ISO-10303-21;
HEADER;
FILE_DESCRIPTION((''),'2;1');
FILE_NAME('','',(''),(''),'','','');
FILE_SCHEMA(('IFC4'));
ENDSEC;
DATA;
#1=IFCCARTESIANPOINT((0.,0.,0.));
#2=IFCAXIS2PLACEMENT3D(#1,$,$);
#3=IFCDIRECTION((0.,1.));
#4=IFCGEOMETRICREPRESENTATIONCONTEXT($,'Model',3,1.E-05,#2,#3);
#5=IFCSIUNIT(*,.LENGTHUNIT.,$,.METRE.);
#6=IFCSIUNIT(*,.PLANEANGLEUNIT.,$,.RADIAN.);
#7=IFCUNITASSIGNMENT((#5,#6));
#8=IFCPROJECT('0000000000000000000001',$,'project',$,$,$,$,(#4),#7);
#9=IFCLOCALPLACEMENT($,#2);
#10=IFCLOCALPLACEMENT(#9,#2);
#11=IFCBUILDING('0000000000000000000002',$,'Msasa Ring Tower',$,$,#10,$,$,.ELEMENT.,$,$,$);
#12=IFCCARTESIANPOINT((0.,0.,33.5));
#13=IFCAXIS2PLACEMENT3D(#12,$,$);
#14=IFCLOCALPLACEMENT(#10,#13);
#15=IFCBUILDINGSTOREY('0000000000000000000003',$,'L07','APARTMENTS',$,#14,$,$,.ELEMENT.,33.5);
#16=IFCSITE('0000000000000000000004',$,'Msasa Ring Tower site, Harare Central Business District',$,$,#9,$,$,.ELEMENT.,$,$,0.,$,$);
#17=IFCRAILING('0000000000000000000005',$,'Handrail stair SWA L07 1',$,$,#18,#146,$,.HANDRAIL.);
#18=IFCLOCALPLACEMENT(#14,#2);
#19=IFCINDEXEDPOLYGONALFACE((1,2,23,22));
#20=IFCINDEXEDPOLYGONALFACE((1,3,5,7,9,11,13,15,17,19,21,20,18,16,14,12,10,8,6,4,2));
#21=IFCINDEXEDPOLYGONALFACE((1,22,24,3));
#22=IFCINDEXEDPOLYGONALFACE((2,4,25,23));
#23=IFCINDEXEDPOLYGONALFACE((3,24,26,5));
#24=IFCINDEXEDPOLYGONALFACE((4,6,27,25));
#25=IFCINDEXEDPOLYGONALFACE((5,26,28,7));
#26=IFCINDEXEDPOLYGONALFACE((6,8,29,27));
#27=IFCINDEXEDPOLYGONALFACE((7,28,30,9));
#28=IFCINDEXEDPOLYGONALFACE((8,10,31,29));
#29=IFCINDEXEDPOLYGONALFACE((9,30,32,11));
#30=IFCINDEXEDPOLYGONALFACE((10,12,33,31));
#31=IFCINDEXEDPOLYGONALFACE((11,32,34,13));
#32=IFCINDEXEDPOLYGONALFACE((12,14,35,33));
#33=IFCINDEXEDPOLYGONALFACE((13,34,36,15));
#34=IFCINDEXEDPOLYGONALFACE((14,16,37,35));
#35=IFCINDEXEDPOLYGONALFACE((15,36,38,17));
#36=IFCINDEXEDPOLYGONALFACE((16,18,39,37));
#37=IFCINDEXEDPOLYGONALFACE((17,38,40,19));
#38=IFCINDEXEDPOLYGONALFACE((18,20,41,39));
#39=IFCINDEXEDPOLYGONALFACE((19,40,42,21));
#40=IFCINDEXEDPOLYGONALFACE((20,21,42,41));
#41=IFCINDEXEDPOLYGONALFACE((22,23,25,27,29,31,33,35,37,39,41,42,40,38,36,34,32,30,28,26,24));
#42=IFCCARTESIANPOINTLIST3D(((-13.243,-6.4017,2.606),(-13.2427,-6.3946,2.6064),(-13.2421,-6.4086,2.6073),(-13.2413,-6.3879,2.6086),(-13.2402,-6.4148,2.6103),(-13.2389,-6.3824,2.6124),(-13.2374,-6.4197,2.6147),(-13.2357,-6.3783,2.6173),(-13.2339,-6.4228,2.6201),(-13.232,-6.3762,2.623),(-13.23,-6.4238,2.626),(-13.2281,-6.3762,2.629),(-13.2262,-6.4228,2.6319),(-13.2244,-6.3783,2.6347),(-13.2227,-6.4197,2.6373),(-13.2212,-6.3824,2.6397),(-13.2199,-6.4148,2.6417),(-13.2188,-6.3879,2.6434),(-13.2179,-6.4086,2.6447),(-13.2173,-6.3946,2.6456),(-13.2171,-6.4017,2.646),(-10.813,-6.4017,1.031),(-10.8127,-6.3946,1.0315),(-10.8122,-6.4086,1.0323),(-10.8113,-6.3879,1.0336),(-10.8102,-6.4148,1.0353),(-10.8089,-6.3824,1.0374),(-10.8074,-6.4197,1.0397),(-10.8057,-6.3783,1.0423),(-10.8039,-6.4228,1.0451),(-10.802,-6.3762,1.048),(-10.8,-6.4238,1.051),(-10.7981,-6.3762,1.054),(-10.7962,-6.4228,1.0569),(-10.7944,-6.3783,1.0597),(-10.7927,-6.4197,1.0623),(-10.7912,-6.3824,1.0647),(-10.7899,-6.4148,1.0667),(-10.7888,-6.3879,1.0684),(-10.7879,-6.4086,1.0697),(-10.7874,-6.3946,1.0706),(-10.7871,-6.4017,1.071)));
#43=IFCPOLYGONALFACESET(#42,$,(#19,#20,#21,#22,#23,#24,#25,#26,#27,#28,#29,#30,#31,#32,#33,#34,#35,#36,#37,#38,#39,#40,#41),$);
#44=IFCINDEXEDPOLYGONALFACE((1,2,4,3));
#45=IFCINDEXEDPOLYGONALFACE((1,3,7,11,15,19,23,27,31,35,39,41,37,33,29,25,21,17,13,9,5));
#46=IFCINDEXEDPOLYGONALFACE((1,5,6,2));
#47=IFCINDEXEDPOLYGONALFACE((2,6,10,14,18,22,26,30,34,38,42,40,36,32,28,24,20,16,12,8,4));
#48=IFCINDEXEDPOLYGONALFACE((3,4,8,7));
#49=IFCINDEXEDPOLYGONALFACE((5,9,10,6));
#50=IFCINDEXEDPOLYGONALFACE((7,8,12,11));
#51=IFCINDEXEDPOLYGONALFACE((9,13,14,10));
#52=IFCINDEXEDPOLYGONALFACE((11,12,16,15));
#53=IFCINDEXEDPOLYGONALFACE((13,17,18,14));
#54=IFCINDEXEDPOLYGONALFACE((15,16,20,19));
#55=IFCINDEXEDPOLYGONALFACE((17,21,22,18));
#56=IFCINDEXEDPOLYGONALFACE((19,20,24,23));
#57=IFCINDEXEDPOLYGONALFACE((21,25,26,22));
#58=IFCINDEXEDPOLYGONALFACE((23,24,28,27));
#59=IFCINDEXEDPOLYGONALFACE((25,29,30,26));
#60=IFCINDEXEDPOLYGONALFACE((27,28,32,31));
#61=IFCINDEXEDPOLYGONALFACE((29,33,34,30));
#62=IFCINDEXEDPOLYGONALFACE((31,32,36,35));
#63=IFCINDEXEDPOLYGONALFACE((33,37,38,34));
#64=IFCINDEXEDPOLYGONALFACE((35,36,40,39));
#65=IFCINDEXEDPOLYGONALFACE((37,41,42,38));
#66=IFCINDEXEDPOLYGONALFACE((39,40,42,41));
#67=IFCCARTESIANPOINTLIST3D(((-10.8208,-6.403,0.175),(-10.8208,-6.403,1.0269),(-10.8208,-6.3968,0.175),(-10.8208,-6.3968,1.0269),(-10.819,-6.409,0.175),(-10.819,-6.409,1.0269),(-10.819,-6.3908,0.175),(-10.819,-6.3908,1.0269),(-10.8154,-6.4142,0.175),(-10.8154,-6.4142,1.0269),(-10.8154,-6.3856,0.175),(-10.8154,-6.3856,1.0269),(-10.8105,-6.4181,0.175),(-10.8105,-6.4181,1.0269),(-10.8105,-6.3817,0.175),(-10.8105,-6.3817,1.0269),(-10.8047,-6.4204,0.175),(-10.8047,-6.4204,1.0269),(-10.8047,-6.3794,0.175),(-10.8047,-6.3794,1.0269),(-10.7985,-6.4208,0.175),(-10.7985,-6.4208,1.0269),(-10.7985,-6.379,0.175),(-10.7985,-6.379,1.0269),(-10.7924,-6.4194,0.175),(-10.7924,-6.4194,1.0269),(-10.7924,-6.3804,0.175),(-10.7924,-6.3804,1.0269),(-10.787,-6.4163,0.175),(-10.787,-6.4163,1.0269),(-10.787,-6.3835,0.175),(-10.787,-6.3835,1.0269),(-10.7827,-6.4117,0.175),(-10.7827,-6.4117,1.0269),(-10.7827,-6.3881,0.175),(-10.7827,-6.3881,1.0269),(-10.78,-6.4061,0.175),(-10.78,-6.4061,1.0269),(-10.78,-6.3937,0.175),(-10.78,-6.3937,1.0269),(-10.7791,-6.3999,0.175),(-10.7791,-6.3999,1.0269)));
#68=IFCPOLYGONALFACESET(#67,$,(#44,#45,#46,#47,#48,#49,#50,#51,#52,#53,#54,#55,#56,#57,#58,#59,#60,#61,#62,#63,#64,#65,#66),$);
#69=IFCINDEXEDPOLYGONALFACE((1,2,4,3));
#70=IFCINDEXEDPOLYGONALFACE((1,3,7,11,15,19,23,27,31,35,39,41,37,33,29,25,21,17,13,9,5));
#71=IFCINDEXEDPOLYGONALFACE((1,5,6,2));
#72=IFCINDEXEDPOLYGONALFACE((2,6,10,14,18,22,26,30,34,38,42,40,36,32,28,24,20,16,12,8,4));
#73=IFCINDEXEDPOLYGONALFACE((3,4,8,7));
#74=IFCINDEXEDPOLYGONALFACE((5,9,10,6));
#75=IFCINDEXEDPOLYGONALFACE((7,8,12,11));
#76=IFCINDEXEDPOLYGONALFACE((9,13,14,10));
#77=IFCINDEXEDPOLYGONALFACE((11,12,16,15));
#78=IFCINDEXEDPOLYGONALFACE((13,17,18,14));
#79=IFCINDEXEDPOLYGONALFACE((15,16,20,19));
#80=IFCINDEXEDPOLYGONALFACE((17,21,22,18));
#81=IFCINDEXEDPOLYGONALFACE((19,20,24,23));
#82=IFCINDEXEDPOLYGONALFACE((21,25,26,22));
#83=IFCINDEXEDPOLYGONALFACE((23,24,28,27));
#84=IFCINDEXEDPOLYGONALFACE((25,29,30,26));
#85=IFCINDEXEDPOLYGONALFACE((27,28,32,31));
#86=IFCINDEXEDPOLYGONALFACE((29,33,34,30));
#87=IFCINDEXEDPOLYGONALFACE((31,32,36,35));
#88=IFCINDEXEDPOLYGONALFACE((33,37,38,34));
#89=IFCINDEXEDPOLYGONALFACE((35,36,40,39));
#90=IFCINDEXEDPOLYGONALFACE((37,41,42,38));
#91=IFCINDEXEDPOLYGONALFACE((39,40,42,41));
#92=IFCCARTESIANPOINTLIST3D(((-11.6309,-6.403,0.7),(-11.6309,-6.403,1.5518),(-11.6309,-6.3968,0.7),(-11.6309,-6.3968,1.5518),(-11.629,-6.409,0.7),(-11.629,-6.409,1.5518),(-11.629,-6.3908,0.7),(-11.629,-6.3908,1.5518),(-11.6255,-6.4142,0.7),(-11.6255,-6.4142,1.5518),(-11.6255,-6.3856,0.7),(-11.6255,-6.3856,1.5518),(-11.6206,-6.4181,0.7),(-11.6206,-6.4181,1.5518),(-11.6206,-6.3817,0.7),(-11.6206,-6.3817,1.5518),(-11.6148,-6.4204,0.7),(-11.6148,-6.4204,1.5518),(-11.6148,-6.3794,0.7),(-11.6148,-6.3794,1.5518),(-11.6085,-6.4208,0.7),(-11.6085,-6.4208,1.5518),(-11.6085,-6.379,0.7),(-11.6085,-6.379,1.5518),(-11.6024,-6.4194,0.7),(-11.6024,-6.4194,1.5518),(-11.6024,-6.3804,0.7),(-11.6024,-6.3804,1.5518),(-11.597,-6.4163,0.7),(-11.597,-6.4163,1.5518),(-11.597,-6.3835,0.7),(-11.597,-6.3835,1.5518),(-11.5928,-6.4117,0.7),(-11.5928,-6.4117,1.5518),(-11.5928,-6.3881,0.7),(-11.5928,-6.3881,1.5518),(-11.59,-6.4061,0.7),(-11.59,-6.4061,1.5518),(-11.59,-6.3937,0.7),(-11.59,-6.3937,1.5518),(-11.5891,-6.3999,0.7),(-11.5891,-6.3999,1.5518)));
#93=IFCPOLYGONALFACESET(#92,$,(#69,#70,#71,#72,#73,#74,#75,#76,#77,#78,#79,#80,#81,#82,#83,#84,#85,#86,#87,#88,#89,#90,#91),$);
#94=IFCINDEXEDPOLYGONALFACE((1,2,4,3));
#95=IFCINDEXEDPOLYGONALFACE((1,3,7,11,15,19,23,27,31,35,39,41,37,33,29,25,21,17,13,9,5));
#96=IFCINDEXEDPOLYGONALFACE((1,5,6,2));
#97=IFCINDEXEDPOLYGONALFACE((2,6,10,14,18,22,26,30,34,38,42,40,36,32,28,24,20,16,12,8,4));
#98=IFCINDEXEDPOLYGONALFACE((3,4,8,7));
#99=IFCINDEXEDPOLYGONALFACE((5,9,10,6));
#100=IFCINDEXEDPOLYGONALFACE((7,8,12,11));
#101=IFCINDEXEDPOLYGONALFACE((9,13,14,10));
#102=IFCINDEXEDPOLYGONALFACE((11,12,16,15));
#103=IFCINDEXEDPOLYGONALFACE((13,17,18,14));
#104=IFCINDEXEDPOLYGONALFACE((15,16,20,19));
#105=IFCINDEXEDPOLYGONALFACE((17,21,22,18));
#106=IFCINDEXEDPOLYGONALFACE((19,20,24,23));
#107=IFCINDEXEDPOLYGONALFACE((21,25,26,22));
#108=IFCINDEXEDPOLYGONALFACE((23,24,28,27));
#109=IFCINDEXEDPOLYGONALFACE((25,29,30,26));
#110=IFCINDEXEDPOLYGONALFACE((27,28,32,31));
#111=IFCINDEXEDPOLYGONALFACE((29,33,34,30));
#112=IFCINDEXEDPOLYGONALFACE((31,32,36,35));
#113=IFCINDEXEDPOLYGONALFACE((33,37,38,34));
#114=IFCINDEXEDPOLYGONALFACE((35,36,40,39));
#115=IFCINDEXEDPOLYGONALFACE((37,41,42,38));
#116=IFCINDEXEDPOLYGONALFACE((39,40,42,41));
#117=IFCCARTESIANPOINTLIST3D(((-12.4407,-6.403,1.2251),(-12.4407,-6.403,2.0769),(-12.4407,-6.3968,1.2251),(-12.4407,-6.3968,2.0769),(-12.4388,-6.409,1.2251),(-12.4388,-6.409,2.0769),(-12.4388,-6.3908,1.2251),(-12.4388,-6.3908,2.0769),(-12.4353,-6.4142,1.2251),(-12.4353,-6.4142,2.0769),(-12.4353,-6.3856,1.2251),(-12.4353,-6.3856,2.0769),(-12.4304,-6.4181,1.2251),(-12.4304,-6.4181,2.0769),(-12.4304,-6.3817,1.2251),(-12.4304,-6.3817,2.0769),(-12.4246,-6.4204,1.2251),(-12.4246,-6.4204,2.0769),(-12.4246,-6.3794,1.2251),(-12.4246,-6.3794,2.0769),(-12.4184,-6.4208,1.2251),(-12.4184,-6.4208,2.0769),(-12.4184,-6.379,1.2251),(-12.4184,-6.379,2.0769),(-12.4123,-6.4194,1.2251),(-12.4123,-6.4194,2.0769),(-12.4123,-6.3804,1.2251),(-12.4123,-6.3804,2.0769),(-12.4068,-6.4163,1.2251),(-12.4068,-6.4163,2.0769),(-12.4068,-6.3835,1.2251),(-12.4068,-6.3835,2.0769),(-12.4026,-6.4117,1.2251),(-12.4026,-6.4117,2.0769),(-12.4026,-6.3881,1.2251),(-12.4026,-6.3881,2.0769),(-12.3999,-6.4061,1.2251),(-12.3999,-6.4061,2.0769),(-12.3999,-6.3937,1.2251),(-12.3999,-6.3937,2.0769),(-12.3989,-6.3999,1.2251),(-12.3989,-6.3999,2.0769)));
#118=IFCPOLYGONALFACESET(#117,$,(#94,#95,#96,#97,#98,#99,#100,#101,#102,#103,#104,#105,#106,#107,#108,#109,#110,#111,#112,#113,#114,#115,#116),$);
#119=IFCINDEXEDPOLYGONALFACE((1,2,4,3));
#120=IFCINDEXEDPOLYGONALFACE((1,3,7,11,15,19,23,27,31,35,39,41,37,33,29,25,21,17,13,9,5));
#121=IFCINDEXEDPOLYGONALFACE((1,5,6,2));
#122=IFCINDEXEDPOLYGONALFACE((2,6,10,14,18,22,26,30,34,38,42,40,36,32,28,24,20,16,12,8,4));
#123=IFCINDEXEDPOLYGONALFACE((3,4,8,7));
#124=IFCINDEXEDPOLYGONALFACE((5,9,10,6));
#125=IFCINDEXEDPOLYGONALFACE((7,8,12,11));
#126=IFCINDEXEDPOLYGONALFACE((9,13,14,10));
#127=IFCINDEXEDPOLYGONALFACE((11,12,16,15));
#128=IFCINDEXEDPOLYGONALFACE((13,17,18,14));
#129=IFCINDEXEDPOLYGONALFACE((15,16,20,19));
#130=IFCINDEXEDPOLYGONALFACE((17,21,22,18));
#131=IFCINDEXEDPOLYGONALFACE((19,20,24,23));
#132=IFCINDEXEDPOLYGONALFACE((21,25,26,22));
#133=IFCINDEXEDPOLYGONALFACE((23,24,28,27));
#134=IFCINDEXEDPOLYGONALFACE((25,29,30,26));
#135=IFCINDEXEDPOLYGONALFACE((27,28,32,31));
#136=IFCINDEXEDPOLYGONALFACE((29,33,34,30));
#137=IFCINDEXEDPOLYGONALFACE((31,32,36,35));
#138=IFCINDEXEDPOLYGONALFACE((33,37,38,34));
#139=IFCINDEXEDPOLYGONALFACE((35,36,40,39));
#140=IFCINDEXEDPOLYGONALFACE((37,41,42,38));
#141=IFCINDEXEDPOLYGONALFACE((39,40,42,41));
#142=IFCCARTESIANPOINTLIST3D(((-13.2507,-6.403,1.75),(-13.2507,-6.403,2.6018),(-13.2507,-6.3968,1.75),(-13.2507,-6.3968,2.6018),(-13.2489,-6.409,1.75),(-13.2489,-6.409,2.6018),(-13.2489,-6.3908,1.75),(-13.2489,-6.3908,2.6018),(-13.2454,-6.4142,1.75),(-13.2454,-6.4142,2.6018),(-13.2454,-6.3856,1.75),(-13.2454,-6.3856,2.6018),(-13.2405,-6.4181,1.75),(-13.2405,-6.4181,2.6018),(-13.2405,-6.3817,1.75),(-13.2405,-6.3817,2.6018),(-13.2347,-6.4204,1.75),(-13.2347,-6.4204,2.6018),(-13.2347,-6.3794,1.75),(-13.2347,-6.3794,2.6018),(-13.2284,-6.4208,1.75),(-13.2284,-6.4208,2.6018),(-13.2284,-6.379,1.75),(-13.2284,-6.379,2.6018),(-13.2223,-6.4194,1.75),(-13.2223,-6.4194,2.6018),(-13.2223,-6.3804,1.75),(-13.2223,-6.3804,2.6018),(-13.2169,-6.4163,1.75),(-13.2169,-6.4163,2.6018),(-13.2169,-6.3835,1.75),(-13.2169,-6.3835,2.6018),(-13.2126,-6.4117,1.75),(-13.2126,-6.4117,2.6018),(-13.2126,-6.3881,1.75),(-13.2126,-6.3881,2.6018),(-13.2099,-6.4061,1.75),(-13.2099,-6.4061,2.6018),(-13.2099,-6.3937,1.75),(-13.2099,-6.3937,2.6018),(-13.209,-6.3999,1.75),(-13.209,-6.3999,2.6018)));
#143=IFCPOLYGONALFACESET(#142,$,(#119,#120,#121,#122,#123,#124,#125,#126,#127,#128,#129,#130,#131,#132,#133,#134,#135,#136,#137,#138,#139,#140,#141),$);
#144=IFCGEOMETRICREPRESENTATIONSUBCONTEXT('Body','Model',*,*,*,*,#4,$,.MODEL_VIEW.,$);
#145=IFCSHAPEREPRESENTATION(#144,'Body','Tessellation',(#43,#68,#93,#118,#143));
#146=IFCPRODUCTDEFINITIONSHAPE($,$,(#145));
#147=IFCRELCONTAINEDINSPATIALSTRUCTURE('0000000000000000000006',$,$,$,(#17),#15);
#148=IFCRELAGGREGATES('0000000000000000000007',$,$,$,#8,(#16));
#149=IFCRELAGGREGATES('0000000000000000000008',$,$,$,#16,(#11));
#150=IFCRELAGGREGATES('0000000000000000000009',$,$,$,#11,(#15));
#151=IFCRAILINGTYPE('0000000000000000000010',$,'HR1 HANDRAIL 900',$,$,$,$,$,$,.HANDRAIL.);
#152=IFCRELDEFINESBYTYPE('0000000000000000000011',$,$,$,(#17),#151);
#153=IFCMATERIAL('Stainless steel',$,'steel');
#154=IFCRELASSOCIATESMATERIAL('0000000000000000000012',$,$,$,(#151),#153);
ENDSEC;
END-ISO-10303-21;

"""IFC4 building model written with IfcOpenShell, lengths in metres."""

from ifc_helpers import new_model, si_unit, direction, frame, origin, origin_2d, place, context, subcontext, project, spatial, circle, extrude, material, type_object, element, save


model = new_model("IFC4")

# Units and contexts
model_context = context("Model", 3, precision=1e-05, world=origin(), true_north=direction((0.0, 1.0)))
body_context = subcontext(model_context, "Body", "Model", "MODEL_VIEW")
ifc_project = project(units=[si_unit("LENGTHUNIT", "METRE"), si_unit("PLANEANGLEUNIT", "RADIAN")], contexts=[model_context])

# Site, building, storey
site_placement = place(None, origin())
site = spatial("IfcSite", under=ifc_project, at=site_placement, Name="Msasa Ring Tower site, Harare Central Business District", CompositionType="ELEMENT", RefElevation=0.0)
building_placement = place(site_placement, origin())
building = spatial("IfcBuilding", under=site, at=building_placement, Name="Msasa Ring Tower", CompositionType="ELEMENT")
storey_placement = place(building_placement, frame((0.0, 0.0, 33.5)))
storey = spatial("IfcBuildingStorey", under=building, at=storey_placement, Name="L07", Description="APARTMENTS", CompositionType="ELEMENT", Elevation=33.5)

# Railing
ifc_material_1 = material(Name="Stainless steel", Category="steel")
railing_type = type_object("IfcRailingType", Name="HR1 HANDRAIL 900", PredefinedType="HANDRAIL", material=ifc_material_1)
for number, where, name in (
    (1, (-10.8, -6.3999, 0.175), "Handrail stair SWA L07 1"),
):
    element("IfcRailing", number, at=place(storey_placement, frame(where)), inside=storey, type_object=railing_type, Name=name, PredefinedType="HANDRAIL", context=body_context, shape_type="SweptSolid", body=[
        extrude(circle(Radius=0.0239, at=origin_2d()), frame((0.0, 0.0, 0.876), z_axis=(-0.839154, 0.0, 0.543894), x_axis=(0.0, -1.0, 0.0)), (0.0, 0.0, 1.0), 2.8958),
        extrude(circle(Radius=0.021, at=origin_2d()), origin(), (0.0, 0.0, 1.0), 0.8518),
        extrude(circle(Radius=0.021, at=origin_2d()), frame((-0.8101, 0.0, 0.5249)), (0.0, 0.0, 1.0), 0.8518),
        extrude(circle(Radius=0.021, at=origin_2d()), frame((-1.6199, 0.0, 1.05)), (0.0, 0.0, 1.0), 0.8518),
        extrude(circle(Radius=0.021, at=origin_2d()), frame((-2.4299, 0.0, 1.575)), (0.0, 0.0, 1.0), 0.8518),
    ])

save(model, "model.ifc")
